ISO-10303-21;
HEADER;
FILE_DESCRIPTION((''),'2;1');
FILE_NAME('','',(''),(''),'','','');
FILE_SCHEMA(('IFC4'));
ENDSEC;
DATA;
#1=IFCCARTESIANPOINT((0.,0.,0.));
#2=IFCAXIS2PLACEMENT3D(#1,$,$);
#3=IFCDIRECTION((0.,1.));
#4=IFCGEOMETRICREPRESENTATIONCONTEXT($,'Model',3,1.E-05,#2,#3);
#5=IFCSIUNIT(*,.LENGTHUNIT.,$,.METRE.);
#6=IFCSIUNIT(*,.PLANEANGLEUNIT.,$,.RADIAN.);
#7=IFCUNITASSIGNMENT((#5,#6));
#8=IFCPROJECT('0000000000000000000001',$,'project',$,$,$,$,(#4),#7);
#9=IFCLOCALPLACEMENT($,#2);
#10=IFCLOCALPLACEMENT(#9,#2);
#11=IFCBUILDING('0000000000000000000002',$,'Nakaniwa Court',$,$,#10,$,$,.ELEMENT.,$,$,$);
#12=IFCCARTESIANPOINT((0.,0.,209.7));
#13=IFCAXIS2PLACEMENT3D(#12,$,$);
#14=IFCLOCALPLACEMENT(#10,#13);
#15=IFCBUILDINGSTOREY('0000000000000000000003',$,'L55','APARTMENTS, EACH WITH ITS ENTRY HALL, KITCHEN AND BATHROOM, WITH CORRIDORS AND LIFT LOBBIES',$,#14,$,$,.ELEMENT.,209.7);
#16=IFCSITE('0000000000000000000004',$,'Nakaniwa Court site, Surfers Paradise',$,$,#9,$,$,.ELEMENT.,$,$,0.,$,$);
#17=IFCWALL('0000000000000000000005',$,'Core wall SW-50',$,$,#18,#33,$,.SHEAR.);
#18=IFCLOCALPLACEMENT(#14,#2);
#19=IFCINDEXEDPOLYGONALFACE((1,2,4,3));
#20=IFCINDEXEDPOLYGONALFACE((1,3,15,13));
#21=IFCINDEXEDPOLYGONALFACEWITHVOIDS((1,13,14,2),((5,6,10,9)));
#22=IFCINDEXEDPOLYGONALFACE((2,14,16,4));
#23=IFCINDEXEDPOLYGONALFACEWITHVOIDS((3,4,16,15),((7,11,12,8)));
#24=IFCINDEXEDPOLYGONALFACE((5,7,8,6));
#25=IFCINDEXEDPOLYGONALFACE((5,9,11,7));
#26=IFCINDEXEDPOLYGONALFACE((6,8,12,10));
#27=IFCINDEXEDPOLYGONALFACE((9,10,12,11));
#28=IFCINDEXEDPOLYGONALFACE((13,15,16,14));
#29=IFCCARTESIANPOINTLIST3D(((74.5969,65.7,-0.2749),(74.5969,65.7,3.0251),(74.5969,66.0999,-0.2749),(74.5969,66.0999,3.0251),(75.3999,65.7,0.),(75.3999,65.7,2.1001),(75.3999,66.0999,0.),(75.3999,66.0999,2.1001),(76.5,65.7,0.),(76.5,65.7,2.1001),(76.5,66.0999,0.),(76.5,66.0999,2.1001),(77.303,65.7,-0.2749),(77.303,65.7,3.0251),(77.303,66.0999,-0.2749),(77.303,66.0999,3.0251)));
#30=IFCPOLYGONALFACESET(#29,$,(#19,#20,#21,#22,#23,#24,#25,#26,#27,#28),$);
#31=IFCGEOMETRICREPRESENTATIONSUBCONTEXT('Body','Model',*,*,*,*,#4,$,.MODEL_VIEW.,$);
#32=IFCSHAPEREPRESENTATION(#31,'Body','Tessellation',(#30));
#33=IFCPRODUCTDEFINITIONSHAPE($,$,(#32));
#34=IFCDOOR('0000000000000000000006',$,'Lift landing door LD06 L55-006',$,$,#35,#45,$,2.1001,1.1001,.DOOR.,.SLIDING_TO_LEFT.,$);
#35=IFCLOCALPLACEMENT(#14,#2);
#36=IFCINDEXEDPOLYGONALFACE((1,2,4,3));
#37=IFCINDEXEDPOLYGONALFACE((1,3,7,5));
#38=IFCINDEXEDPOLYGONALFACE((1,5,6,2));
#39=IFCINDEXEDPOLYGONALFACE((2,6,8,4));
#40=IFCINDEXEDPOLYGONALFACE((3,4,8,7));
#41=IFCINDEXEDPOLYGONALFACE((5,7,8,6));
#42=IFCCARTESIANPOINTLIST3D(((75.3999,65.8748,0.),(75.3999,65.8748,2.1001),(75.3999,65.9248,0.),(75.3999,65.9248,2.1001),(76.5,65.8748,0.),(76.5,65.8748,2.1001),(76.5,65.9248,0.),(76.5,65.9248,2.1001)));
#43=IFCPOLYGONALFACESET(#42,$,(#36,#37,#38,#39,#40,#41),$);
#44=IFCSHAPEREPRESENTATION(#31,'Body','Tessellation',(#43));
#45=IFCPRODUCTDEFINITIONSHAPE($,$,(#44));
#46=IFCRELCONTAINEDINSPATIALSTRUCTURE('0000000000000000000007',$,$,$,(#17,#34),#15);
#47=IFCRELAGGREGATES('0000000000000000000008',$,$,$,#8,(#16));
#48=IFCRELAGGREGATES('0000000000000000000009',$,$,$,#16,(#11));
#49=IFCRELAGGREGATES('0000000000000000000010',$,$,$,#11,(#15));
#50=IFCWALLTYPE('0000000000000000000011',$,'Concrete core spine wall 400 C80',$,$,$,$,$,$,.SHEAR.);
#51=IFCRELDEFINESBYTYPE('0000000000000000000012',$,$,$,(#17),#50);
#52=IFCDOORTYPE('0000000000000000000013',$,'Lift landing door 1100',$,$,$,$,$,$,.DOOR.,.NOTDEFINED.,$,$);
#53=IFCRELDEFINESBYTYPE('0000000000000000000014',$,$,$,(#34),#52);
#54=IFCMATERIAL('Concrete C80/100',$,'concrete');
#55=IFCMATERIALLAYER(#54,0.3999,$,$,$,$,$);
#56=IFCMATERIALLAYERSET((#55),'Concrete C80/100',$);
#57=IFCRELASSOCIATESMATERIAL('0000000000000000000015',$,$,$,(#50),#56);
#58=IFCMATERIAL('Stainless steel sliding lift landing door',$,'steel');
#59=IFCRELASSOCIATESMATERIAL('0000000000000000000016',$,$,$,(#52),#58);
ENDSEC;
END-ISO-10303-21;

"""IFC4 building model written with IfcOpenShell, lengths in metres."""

from ifc_helpers import new_model, si_unit, direction, frame, frame_2d, origin, place, context, subcontext, project, spatial, rectangle, extrude, material, layer, layer_set, type_object, element, fill, save


model = new_model("IFC4")

# Units and contexts
model_context = context("Model", 3, precision=1e-05, world=origin(), true_north=direction((0.0, 1.0)))
body_context = subcontext(model_context, "Body", "Model", "MODEL_VIEW")
ifc_project = project(units=[si_unit("LENGTHUNIT", "METRE"), si_unit("PLANEANGLEUNIT", "RADIAN")], contexts=[model_context])

# Site, building, storey
site_placement = place(None, origin())
site = spatial("IfcSite", under=ifc_project, at=site_placement, Name="Nakaniwa Court site, Surfers Paradise", CompositionType="ELEMENT", RefElevation=0.0)
building_placement = place(site_placement, origin())
building = spatial("IfcBuilding", under=site, at=building_placement, Name="Nakaniwa Court", CompositionType="ELEMENT")
storey_placement = place(building_placement, frame((0.0, 0.0, 209.7)))
storey = spatial("IfcBuildingStorey", under=building, at=storey_placement, Name="L55", Description="APARTMENTS, EACH WITH ITS ENTRY HALL, KITCHEN AND BATHROOM, WITH CORRIDORS AND LIFT LOBBIES", CompositionType="ELEMENT", Elevation=209.7)

# Shared definitions
ifc_material_1 = material(Name="Concrete C80/100", Category="concrete")

# Wall, opening, door
ifc_layer_1 = layer(ifc_material_1, 0.3999)
ifc_layer_set_1 = layer_set([ifc_layer_1], Name="Concrete C80/100")
wall_type_1 = type_object("IfcWallType", Name="Concrete core spine wall 400 C80", PredefinedType="SHEAR", material=ifc_layer_set_1)
wall_1_placement = place(storey_placement, frame((74.5969, 65.8999, -0.2749), z_axis=(0.0, 0.0, 1.0), x_axis=(1.0, 0.0, 0.0)))
wall_1 = element("IfcWall", 1, at=wall_1_placement, inside=storey, type_object=wall_type_1, Name="Core wall SW-50", PredefinedType="SHEAR", context=body_context, shape_type="SweptSolid", body=[
    extrude(rectangle(XDim=2.7061, YDim=0.3999, at=frame_2d((1.353, 0.0))), origin(), (0.0, 0.0, 1.0), 3.3),
])
opening_1_placement = place(wall_1_placement, frame((0.803, 0.0, 0.2749)))
opening_1 = element("IfcOpeningElement", 2, at=opening_1_placement, cuts=wall_1, PredefinedType="OPENING", context=body_context, shape_type="SweptSolid", body=[
    extrude(rectangle(XDim=1.1001, YDim=2.1001, at=frame_2d((0.55, 1.05))), frame((0.0, 0.21, 0.0), z_axis=(0.0, -1.0, 0.0), x_axis=(1.0, 0.0, 0.0)), (0.0, 0.0, 1.0), 0.4199),
])
ifc_material_2 = material(Name="Stainless steel sliding lift landing door", Category="steel")
door_type_1 = type_object("IfcDoorType", Name="Lift landing door 1100", OperationType="NOTDEFINED", PredefinedType="DOOR", material=ifc_material_2)
door_1_placement = place(opening_1_placement, origin())
door_1 = element("IfcDoor", 3, at=door_1_placement, inside=storey, type_object=door_type_1, Name="Lift landing door LD06 L55-006", OperationType="SLIDING_TO_LEFT", OverallHeight=2.1001, OverallWidth=1.1001, PredefinedType="DOOR", context=body_context, shape_type="SweptSolid", body=[
    extrude(rectangle(XDim=1.1001, YDim=2.1001, at=frame_2d((0.55, 1.05))), frame((0.0, 0.0249, 0.0), z_axis=(0.0, -1.0, 0.0), x_axis=(1.0, 0.0, 0.0)), (0.0, 0.0, 1.0), 0.05),
])
fill(opening_1, door_1)

save(model, "model.ifc")
